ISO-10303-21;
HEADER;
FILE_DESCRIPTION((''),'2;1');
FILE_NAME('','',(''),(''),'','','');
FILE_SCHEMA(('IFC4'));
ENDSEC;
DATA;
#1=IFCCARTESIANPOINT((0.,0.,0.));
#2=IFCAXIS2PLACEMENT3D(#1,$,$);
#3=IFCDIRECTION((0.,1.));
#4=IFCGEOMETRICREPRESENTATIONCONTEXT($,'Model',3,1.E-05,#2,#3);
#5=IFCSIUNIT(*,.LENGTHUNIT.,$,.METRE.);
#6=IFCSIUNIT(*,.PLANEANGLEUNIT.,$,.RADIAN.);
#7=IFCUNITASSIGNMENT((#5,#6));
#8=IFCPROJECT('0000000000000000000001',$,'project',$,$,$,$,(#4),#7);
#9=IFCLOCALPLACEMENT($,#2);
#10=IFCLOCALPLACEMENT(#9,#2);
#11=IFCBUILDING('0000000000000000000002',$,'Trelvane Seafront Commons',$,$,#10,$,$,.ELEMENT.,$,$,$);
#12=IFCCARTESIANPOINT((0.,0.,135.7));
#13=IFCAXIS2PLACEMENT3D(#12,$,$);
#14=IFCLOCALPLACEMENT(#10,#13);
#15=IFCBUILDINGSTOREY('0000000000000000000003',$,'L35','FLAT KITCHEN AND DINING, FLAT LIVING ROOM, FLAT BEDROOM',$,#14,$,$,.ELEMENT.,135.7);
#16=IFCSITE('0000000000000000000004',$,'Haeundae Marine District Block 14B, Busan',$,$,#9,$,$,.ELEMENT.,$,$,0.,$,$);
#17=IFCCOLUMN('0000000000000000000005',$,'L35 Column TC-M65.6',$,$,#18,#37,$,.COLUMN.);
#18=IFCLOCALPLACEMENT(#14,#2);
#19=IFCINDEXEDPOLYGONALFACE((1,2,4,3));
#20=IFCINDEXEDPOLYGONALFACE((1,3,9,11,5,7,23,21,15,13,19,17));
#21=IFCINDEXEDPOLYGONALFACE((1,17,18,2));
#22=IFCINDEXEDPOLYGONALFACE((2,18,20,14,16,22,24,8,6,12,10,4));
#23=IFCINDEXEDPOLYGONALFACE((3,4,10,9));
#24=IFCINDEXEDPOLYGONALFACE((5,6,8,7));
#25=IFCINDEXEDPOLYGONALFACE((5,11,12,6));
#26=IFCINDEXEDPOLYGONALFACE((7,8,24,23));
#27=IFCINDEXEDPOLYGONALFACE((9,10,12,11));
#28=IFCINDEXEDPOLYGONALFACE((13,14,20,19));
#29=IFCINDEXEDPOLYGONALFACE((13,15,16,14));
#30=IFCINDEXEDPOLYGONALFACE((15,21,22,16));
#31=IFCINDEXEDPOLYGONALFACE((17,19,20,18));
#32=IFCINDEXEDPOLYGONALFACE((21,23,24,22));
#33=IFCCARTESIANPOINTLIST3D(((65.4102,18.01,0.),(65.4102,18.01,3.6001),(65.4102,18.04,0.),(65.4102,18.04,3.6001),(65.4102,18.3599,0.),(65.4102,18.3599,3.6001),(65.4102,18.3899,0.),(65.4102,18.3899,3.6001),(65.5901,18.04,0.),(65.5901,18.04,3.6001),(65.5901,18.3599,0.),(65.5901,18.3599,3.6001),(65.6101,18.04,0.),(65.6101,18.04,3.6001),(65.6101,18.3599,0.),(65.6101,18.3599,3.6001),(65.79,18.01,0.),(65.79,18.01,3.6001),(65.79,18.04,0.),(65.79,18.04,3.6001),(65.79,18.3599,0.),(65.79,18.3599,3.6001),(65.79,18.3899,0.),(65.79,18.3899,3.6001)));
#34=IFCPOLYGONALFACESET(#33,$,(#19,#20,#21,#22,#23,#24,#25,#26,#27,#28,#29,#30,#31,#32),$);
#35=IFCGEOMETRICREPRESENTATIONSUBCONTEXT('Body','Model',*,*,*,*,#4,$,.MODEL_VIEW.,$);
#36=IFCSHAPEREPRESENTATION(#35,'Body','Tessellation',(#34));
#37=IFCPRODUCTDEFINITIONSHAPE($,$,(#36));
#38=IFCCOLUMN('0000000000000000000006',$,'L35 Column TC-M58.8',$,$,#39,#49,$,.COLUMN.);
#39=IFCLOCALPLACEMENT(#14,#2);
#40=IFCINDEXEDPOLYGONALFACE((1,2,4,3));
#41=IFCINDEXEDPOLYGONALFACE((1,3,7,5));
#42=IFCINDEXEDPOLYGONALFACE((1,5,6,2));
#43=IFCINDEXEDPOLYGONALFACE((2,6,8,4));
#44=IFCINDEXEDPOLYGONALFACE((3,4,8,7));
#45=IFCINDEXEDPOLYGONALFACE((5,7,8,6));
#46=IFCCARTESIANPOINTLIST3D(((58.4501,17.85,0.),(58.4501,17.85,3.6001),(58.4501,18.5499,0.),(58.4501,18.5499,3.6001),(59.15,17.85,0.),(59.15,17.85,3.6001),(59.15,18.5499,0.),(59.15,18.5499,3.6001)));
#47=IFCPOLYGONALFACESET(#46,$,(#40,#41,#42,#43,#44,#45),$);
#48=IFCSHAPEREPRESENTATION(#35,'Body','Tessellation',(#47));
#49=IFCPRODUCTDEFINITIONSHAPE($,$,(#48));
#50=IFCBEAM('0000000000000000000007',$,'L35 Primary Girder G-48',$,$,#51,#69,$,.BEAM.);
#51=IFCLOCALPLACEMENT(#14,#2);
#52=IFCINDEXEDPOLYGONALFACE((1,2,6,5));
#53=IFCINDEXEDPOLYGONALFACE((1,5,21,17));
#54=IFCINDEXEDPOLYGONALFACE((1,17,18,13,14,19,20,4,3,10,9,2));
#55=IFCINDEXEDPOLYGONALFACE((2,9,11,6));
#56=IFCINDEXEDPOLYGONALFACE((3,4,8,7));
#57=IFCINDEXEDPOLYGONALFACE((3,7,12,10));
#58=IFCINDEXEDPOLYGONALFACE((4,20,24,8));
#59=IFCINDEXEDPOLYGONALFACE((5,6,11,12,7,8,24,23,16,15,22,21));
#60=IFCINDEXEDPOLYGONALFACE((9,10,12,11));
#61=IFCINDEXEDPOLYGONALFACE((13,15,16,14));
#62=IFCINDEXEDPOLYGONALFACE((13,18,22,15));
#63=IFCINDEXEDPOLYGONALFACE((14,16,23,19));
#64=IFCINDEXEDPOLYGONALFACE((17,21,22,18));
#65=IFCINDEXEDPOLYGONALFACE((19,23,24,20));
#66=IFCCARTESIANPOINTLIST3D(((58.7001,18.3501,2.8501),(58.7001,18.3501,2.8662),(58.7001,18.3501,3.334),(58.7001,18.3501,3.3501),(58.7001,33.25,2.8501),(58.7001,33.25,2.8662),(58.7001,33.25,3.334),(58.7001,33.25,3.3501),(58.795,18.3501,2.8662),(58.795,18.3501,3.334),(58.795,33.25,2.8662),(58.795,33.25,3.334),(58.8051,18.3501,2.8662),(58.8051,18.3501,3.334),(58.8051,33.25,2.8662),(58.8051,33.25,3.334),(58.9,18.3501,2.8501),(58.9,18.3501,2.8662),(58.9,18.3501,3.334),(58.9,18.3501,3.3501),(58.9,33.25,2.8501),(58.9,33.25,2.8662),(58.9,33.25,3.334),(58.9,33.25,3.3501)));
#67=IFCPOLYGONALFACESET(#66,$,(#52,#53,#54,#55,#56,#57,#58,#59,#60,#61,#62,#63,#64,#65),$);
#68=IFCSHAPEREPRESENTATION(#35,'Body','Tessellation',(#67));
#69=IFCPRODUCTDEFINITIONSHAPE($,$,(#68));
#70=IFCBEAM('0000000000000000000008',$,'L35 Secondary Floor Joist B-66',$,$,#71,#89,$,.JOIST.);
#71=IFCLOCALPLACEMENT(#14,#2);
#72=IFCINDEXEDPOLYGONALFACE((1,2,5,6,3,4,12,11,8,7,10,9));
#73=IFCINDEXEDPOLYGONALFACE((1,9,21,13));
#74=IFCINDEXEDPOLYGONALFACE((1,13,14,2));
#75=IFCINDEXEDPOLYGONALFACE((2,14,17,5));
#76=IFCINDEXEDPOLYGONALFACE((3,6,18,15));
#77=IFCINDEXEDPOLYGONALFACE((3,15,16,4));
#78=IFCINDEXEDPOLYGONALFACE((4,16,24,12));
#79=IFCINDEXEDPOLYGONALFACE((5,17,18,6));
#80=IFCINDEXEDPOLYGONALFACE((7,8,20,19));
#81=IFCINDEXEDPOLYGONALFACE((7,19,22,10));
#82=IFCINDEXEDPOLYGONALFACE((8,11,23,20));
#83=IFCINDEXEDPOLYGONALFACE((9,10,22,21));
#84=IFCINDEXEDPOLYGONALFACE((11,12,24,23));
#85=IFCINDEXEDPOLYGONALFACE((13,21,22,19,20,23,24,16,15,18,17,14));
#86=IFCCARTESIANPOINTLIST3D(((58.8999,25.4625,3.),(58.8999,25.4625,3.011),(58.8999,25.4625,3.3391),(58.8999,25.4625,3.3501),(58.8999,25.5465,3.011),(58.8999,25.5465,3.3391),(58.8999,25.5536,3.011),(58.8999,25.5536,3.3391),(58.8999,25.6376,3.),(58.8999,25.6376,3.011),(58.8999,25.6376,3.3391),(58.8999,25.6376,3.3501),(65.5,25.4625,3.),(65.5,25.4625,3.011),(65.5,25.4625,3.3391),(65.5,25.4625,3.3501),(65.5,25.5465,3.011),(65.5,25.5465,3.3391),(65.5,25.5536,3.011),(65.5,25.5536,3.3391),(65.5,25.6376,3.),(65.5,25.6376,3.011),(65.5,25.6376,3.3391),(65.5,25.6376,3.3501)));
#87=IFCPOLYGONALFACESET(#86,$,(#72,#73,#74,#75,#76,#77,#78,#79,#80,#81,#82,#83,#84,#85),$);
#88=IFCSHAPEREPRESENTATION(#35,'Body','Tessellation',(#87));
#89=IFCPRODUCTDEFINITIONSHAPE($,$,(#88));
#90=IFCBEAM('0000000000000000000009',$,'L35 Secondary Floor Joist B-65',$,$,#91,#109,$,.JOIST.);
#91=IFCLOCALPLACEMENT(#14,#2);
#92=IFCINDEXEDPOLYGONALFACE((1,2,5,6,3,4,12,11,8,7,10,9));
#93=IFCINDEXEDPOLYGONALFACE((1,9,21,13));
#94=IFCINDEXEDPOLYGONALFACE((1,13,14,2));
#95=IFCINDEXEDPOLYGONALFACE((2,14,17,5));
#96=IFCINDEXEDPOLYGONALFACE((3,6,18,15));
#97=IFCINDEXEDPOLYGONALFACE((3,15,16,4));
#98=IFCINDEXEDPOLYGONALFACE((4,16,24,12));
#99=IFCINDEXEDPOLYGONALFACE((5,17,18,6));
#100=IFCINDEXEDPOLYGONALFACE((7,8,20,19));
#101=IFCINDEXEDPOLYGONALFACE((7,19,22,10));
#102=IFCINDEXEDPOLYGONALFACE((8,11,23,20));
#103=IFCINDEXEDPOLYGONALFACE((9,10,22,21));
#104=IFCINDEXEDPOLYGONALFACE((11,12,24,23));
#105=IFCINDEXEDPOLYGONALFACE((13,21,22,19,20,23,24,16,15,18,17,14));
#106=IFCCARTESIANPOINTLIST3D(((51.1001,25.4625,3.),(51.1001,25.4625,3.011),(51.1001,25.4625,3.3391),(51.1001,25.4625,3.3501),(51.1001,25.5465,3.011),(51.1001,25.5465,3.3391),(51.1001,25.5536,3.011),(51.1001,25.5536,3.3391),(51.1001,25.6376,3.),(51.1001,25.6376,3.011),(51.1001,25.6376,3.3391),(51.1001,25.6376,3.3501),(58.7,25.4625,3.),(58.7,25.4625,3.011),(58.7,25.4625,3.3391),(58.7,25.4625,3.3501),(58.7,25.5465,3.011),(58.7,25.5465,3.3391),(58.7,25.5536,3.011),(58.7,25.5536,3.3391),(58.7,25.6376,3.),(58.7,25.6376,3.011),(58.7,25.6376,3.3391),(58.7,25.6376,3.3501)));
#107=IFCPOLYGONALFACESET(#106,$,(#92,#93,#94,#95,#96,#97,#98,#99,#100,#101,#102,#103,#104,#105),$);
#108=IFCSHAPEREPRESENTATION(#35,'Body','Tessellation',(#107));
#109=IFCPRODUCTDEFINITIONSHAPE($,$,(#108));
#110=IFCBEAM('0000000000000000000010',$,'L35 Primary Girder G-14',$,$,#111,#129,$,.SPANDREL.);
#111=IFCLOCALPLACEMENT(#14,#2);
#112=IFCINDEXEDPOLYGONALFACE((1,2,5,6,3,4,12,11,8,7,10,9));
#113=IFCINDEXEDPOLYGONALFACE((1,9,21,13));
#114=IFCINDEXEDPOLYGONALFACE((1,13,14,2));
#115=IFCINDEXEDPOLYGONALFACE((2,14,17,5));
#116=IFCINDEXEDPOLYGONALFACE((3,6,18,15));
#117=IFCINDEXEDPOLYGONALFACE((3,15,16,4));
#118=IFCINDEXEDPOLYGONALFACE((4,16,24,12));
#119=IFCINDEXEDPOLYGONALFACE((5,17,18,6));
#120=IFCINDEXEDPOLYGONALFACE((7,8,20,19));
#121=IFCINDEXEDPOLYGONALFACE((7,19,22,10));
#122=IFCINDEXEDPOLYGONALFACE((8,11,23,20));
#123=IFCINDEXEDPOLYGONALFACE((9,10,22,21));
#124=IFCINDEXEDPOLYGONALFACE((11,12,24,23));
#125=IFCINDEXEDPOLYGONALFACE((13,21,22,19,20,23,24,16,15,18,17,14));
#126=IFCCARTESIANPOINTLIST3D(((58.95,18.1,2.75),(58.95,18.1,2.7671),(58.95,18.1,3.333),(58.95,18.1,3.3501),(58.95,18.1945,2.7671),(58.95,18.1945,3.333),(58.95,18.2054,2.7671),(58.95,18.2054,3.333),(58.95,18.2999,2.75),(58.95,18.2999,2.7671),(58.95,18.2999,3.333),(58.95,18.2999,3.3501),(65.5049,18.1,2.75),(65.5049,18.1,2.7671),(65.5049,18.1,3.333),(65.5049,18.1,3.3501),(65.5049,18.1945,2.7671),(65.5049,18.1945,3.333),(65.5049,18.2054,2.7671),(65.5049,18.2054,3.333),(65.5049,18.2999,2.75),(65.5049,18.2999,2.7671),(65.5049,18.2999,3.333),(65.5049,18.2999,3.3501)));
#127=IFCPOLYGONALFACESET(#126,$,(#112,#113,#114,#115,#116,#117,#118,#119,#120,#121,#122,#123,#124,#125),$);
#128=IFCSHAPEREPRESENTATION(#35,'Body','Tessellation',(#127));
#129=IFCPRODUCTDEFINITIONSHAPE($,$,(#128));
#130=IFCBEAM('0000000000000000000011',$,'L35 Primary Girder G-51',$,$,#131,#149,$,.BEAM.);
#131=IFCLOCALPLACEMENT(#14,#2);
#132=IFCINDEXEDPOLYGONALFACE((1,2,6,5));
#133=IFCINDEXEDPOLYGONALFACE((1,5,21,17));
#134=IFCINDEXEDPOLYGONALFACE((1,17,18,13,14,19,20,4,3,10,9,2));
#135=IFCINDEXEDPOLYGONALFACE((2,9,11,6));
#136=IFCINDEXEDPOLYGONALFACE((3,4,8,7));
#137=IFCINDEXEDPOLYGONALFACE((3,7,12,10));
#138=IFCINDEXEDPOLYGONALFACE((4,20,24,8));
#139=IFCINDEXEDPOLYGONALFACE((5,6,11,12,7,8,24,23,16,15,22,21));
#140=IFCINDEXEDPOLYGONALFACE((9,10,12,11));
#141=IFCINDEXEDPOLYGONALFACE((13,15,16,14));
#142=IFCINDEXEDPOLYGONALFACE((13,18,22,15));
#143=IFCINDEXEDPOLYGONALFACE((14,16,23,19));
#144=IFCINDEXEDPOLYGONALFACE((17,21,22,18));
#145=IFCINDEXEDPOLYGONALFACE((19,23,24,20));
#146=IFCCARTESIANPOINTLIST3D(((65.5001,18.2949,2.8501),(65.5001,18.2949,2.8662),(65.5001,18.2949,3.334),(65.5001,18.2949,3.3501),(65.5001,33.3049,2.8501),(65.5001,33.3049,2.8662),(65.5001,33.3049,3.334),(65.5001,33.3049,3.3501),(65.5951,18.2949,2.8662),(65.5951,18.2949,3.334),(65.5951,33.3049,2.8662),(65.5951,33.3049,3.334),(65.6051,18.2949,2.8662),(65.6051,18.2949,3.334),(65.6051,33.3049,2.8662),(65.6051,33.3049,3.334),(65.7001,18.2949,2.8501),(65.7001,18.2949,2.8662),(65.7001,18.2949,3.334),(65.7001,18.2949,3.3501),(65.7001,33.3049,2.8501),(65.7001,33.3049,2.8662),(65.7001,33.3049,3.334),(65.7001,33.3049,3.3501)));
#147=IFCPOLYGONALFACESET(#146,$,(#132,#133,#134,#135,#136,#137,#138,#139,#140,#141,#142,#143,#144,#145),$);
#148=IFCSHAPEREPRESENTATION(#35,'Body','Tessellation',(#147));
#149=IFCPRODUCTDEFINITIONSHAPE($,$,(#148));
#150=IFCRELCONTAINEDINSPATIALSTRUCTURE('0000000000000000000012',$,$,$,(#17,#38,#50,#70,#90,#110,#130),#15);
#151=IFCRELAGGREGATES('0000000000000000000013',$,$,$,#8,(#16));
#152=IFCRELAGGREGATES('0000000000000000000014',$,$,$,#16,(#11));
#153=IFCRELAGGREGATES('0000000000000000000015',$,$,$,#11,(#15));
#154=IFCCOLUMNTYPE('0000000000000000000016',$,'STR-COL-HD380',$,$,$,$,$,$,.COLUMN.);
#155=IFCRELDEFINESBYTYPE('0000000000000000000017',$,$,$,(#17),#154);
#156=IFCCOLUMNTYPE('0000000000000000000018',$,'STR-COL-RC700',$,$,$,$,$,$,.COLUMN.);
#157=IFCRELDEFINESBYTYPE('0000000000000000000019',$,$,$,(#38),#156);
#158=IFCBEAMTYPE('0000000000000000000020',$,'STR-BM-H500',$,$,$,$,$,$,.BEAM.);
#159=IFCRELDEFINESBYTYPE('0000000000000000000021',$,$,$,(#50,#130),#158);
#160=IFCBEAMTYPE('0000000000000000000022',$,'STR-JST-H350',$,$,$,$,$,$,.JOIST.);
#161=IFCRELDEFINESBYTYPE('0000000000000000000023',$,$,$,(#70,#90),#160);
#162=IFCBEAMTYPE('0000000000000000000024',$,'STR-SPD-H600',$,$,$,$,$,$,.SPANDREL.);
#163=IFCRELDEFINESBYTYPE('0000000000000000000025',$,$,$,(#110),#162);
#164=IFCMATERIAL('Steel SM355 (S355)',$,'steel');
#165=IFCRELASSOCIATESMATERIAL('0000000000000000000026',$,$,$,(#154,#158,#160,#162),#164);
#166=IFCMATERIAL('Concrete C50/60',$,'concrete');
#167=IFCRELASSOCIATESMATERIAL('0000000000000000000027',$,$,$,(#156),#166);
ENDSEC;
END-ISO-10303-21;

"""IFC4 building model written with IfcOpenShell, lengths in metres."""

from ifc_helpers import new_model, si_unit, direction, frame, origin, origin_2d, place, context, subcontext, project, spatial, rectangle, i_section, extrude, source, transform, mapped, material, material_profile, profile_set, type_object, element, save


model = new_model("IFC4")

# Units and contexts
model_context = context("Model", 3, precision=1e-05, world=origin(), true_north=direction((0.0, 1.0)))
body_context = subcontext(model_context, "Body", "Model", "MODEL_VIEW")
ifc_project = project(units=[si_unit("LENGTHUNIT", "METRE"), si_unit("PLANEANGLEUNIT", "RADIAN")], contexts=[model_context])

# Site, building, storey
site_placement = place(None, origin())
site = spatial("IfcSite", under=ifc_project, at=site_placement, Name="Haeundae Marine District Block 14B, Busan", CompositionType="ELEMENT", RefElevation=0.0)
building_placement = place(site_placement, origin())
building = spatial("IfcBuilding", under=site, at=building_placement, Name="Trelvane Seafront Commons", CompositionType="ELEMENT")
storey_placement = place(building_placement, frame((0.0, 0.0, 135.7)))
storey = spatial("IfcBuildingStorey", under=building, at=storey_placement, Name="L35", Description="FLAT KITCHEN AND DINING, FLAT LIVING ROOM, FLAT BEDROOM", CompositionType="ELEMENT", Elevation=135.7)

# Columns
ifc_material_1 = material(Name="Steel SM355 (S355)", Category="steel")
ifc_material_profile_1 = material_profile(ifc_material_1, i_section(OverallWidth=0.3799, OverallDepth=0.3799, WebThickness=0.02, FlangeThickness=0.03, at=origin_2d()), Name="HD-380x380x20x30")
ifc_profile_set_1 = profile_set([ifc_material_profile_1], Name="Steel SM355 (S355)")
column_type_1 = type_object("IfcColumnType", Name="STR-COL-HD380", PredefinedType="COLUMN", material=ifc_profile_set_1)
shared_shape_1 = source(origin(), body_context, "Body", "SweptSolid", [
    extrude(i_section(OverallWidth=0.3799, OverallDepth=0.3799, WebThickness=0.02, FlangeThickness=0.03, at=origin_2d()), origin(), (0.0, 0.0, 1.0), 3.6001),
])
column_1_placement = place(storey_placement, frame((65.6001, 18.2, 0.0), z_axis=(0.0, 0.0, 1.0), x_axis=(1.0, 0.0, 0.0)))
element("IfcColumn", 1, at=column_1_placement, inside=storey, type_object=column_type_1, Name="L35 Column TC-M65.6", PredefinedType="COLUMN", context=body_context, shape_type="MappedRepresentation", body=[
    mapped(shared_shape_1, transform((0.0, 0.0, 0.0), x_axis=(1.0, 0.0, 0.0), y_axis=(0.0, 1.0, 0.0), z_axis=(0.0, 0.0, 1.0), scale=1.0)),
])
ifc_material_2 = material(Name="Concrete C50/60", Category="concrete")
ifc_material_profile_2 = material_profile(ifc_material_2, rectangle(XDim=0.7, YDim=0.7, at=origin_2d()), Name="RC-700x700")
ifc_profile_set_2 = profile_set([ifc_material_profile_2], Name="Concrete C50/60")
column_type_2 = type_object("IfcColumnType", Name="STR-COL-RC700", PredefinedType="COLUMN", material=ifc_profile_set_2)
shared_shape_2 = source(origin(), body_context, "Body", "SweptSolid", [
    extrude(rectangle(XDim=0.7, YDim=0.7, at=origin_2d()), origin(), (0.0, 0.0, 1.0), 3.6001),
])
column_2_placement = place(storey_placement, frame((58.8, 18.2, 0.0), z_axis=(0.0, 0.0, 1.0), x_axis=(1.0, 0.0, 0.0)))
element("IfcColumn", 2, at=column_2_placement, inside=storey, type_object=column_type_2, Name="L35 Column TC-M58.8", PredefinedType="COLUMN", context=body_context, shape_type="MappedRepresentation", body=[
    mapped(shared_shape_2, transform((0.0, 0.0, 0.0), x_axis=(1.0, 0.0, 0.0), y_axis=(0.0, 1.0, 0.0), z_axis=(0.0, 0.0, 1.0), scale=1.0)),
])

# Beams
ifc_material_profile_3 = material_profile(ifc_material_1, i_section(OverallWidth=0.2, OverallDepth=0.5, WebThickness=0.01, FlangeThickness=0.0161, at=origin_2d()), Name="H-500x200x10x16")
ifc_profile_set_3 = profile_set([ifc_material_profile_3], Name="Steel SM355 (S355)")
beam_type_1 = type_object("IfcBeamType", Name="STR-BM-H500", PredefinedType="BEAM", material=ifc_profile_set_3)
shared_shape_3 = source(origin(), body_context, "Body", "SweptSolid", [
    extrude(i_section(OverallWidth=0.2, OverallDepth=0.5, WebThickness=0.01, FlangeThickness=0.0161, at=origin_2d()), origin(), (0.0, 0.0, 1.0), 14.8999),
])
beam_1_placement = place(storey_placement, frame((58.8, 18.3501, 3.1001), z_axis=(0.0, 1.0, 0.0), x_axis=(-1.0, 0.0, 0.0)))
element("IfcBeam", 3, at=beam_1_placement, inside=storey, type_object=beam_type_1, Name="L35 Primary Girder G-48", PredefinedType="BEAM", context=body_context, shape_type="MappedRepresentation", body=[
    mapped(shared_shape_3, transform((0.0, 0.0, 0.0), x_axis=(1.0, 0.0, 0.0), y_axis=(0.0, 1.0, 0.0), z_axis=(0.0, 0.0, 1.0), scale=1.0)),
])
ifc_material_profile_4 = material_profile(ifc_material_1, i_section(OverallWidth=0.175, OverallDepth=0.3501, WebThickness=0.0071, FlangeThickness=0.011, at=origin_2d()), Name="H-350x175x7x11")
ifc_profile_set_4 = profile_set([ifc_material_profile_4], Name="Steel SM355 (S355)")
beam_type_2 = type_object("IfcBeamType", Name="STR-JST-H350", PredefinedType="JOIST", material=ifc_profile_set_4)
shared_shape_4 = source(origin(), body_context, "Body", "SweptSolid", [
    extrude(i_section(OverallWidth=0.175, OverallDepth=0.3501, WebThickness=0.0071, FlangeThickness=0.011, at=origin_2d()), origin(), (0.0, 0.0, 1.0), 6.6001),
])
beam_2_placement = place(storey_placement, frame((58.8999, 25.55, 3.175), z_axis=(1.0, 0.0, 0.0), x_axis=(0.0, 1.0, 0.0)))
element("IfcBeam", 4, at=beam_2_placement, inside=storey, type_object=beam_type_2, Name="L35 Secondary Floor Joist B-66", PredefinedType="JOIST", context=body_context, shape_type="MappedRepresentation", body=[
    mapped(shared_shape_4, transform((0.0, 0.0, 0.0), x_axis=(1.0, 0.0, 0.0), y_axis=(0.0, 1.0, 0.0), z_axis=(0.0, 0.0, 1.0), scale=1.0)),
])
shared_shape_5 = source(origin(), body_context, "Body", "SweptSolid", [
    extrude(i_section(OverallWidth=0.175, OverallDepth=0.3501, WebThickness=0.0071, FlangeThickness=0.011, at=origin_2d()), origin(), (0.0, 0.0, 1.0), 7.5999),
])
beam_3_placement = place(storey_placement, frame((51.1001, 25.55, 3.175), z_axis=(1.0, 0.0, 0.0), x_axis=(0.0, 1.0, 0.0)))
element("IfcBeam", 5, at=beam_3_placement, inside=storey, type_object=beam_type_2, Name="L35 Secondary Floor Joist B-65", PredefinedType="JOIST", context=body_context, shape_type="MappedRepresentation", body=[
    mapped(shared_shape_5, transform((0.0, 0.0, 0.0), x_axis=(1.0, 0.0, 0.0), y_axis=(0.0, 1.0, 0.0), z_axis=(0.0, 0.0, 1.0), scale=1.0)),
])
ifc_material_profile_5 = material_profile(ifc_material_1, i_section(OverallWidth=0.2, OverallDepth=0.6001, WebThickness=0.011, FlangeThickness=0.0171, at=origin_2d()), Name="H-600x200x11x17")
ifc_profile_set_5 = profile_set([ifc_material_profile_5], Name="Steel SM355 (S355)")
beam_type_3 = type_object("IfcBeamType", Name="STR-SPD-H600", PredefinedType="SPANDREL", material=ifc_profile_set_5)
shared_shape_6 = source(origin(), body_context, "Body", "SweptSolid", [
    extrude(i_section(OverallWidth=0.2, OverallDepth=0.6001, WebThickness=0.011, FlangeThickness=0.0171, at=origin_2d()), origin(), (0.0, 0.0, 1.0), 6.5549),
])
beam_4_placement = place(storey_placement, frame((58.95, 18.2, 3.05), z_axis=(1.0, 0.0, 0.0), x_axis=(0.0, 1.0, 0.0)))
element("IfcBeam", 6, at=beam_4_placement, inside=storey, type_object=beam_type_3, Name="L35 Primary Girder G-14", PredefinedType="SPANDREL", context=body_context, shape_type="MappedRepresentation", body=[
    mapped(shared_shape_6, transform((0.0, 0.0, 0.0), x_axis=(1.0, 0.0, 0.0), y_axis=(0.0, 1.0, 0.0), z_axis=(0.0, 0.0, 1.0), scale=1.0)),
])
shared_shape_7 = source(origin(), body_context, "Body", "SweptSolid", [
    extrude(i_section(OverallWidth=0.2, OverallDepth=0.5, WebThickness=0.01, FlangeThickness=0.0161, at=origin_2d()), origin(), (0.0, 0.0, 1.0), 15.01),
])
beam_5_placement = place(storey_placement, frame((65.6001, 18.2949, 3.1001), z_axis=(0.0, 1.0, 0.0), x_axis=(-1.0, 0.0, 0.0)))
element("IfcBeam", 7, at=beam_5_placement, inside=storey, type_object=beam_type_1, Name="L35 Primary Girder G-51", PredefinedType="BEAM", context=body_context, shape_type="MappedRepresentation", body=[
    mapped(shared_shape_7, transform((0.0, 0.0, 0.0), x_axis=(1.0, 0.0, 0.0), y_axis=(0.0, 1.0, 0.0), z_axis=(0.0, 0.0, 1.0), scale=1.0)),
])

save(model, "model.ifc")
